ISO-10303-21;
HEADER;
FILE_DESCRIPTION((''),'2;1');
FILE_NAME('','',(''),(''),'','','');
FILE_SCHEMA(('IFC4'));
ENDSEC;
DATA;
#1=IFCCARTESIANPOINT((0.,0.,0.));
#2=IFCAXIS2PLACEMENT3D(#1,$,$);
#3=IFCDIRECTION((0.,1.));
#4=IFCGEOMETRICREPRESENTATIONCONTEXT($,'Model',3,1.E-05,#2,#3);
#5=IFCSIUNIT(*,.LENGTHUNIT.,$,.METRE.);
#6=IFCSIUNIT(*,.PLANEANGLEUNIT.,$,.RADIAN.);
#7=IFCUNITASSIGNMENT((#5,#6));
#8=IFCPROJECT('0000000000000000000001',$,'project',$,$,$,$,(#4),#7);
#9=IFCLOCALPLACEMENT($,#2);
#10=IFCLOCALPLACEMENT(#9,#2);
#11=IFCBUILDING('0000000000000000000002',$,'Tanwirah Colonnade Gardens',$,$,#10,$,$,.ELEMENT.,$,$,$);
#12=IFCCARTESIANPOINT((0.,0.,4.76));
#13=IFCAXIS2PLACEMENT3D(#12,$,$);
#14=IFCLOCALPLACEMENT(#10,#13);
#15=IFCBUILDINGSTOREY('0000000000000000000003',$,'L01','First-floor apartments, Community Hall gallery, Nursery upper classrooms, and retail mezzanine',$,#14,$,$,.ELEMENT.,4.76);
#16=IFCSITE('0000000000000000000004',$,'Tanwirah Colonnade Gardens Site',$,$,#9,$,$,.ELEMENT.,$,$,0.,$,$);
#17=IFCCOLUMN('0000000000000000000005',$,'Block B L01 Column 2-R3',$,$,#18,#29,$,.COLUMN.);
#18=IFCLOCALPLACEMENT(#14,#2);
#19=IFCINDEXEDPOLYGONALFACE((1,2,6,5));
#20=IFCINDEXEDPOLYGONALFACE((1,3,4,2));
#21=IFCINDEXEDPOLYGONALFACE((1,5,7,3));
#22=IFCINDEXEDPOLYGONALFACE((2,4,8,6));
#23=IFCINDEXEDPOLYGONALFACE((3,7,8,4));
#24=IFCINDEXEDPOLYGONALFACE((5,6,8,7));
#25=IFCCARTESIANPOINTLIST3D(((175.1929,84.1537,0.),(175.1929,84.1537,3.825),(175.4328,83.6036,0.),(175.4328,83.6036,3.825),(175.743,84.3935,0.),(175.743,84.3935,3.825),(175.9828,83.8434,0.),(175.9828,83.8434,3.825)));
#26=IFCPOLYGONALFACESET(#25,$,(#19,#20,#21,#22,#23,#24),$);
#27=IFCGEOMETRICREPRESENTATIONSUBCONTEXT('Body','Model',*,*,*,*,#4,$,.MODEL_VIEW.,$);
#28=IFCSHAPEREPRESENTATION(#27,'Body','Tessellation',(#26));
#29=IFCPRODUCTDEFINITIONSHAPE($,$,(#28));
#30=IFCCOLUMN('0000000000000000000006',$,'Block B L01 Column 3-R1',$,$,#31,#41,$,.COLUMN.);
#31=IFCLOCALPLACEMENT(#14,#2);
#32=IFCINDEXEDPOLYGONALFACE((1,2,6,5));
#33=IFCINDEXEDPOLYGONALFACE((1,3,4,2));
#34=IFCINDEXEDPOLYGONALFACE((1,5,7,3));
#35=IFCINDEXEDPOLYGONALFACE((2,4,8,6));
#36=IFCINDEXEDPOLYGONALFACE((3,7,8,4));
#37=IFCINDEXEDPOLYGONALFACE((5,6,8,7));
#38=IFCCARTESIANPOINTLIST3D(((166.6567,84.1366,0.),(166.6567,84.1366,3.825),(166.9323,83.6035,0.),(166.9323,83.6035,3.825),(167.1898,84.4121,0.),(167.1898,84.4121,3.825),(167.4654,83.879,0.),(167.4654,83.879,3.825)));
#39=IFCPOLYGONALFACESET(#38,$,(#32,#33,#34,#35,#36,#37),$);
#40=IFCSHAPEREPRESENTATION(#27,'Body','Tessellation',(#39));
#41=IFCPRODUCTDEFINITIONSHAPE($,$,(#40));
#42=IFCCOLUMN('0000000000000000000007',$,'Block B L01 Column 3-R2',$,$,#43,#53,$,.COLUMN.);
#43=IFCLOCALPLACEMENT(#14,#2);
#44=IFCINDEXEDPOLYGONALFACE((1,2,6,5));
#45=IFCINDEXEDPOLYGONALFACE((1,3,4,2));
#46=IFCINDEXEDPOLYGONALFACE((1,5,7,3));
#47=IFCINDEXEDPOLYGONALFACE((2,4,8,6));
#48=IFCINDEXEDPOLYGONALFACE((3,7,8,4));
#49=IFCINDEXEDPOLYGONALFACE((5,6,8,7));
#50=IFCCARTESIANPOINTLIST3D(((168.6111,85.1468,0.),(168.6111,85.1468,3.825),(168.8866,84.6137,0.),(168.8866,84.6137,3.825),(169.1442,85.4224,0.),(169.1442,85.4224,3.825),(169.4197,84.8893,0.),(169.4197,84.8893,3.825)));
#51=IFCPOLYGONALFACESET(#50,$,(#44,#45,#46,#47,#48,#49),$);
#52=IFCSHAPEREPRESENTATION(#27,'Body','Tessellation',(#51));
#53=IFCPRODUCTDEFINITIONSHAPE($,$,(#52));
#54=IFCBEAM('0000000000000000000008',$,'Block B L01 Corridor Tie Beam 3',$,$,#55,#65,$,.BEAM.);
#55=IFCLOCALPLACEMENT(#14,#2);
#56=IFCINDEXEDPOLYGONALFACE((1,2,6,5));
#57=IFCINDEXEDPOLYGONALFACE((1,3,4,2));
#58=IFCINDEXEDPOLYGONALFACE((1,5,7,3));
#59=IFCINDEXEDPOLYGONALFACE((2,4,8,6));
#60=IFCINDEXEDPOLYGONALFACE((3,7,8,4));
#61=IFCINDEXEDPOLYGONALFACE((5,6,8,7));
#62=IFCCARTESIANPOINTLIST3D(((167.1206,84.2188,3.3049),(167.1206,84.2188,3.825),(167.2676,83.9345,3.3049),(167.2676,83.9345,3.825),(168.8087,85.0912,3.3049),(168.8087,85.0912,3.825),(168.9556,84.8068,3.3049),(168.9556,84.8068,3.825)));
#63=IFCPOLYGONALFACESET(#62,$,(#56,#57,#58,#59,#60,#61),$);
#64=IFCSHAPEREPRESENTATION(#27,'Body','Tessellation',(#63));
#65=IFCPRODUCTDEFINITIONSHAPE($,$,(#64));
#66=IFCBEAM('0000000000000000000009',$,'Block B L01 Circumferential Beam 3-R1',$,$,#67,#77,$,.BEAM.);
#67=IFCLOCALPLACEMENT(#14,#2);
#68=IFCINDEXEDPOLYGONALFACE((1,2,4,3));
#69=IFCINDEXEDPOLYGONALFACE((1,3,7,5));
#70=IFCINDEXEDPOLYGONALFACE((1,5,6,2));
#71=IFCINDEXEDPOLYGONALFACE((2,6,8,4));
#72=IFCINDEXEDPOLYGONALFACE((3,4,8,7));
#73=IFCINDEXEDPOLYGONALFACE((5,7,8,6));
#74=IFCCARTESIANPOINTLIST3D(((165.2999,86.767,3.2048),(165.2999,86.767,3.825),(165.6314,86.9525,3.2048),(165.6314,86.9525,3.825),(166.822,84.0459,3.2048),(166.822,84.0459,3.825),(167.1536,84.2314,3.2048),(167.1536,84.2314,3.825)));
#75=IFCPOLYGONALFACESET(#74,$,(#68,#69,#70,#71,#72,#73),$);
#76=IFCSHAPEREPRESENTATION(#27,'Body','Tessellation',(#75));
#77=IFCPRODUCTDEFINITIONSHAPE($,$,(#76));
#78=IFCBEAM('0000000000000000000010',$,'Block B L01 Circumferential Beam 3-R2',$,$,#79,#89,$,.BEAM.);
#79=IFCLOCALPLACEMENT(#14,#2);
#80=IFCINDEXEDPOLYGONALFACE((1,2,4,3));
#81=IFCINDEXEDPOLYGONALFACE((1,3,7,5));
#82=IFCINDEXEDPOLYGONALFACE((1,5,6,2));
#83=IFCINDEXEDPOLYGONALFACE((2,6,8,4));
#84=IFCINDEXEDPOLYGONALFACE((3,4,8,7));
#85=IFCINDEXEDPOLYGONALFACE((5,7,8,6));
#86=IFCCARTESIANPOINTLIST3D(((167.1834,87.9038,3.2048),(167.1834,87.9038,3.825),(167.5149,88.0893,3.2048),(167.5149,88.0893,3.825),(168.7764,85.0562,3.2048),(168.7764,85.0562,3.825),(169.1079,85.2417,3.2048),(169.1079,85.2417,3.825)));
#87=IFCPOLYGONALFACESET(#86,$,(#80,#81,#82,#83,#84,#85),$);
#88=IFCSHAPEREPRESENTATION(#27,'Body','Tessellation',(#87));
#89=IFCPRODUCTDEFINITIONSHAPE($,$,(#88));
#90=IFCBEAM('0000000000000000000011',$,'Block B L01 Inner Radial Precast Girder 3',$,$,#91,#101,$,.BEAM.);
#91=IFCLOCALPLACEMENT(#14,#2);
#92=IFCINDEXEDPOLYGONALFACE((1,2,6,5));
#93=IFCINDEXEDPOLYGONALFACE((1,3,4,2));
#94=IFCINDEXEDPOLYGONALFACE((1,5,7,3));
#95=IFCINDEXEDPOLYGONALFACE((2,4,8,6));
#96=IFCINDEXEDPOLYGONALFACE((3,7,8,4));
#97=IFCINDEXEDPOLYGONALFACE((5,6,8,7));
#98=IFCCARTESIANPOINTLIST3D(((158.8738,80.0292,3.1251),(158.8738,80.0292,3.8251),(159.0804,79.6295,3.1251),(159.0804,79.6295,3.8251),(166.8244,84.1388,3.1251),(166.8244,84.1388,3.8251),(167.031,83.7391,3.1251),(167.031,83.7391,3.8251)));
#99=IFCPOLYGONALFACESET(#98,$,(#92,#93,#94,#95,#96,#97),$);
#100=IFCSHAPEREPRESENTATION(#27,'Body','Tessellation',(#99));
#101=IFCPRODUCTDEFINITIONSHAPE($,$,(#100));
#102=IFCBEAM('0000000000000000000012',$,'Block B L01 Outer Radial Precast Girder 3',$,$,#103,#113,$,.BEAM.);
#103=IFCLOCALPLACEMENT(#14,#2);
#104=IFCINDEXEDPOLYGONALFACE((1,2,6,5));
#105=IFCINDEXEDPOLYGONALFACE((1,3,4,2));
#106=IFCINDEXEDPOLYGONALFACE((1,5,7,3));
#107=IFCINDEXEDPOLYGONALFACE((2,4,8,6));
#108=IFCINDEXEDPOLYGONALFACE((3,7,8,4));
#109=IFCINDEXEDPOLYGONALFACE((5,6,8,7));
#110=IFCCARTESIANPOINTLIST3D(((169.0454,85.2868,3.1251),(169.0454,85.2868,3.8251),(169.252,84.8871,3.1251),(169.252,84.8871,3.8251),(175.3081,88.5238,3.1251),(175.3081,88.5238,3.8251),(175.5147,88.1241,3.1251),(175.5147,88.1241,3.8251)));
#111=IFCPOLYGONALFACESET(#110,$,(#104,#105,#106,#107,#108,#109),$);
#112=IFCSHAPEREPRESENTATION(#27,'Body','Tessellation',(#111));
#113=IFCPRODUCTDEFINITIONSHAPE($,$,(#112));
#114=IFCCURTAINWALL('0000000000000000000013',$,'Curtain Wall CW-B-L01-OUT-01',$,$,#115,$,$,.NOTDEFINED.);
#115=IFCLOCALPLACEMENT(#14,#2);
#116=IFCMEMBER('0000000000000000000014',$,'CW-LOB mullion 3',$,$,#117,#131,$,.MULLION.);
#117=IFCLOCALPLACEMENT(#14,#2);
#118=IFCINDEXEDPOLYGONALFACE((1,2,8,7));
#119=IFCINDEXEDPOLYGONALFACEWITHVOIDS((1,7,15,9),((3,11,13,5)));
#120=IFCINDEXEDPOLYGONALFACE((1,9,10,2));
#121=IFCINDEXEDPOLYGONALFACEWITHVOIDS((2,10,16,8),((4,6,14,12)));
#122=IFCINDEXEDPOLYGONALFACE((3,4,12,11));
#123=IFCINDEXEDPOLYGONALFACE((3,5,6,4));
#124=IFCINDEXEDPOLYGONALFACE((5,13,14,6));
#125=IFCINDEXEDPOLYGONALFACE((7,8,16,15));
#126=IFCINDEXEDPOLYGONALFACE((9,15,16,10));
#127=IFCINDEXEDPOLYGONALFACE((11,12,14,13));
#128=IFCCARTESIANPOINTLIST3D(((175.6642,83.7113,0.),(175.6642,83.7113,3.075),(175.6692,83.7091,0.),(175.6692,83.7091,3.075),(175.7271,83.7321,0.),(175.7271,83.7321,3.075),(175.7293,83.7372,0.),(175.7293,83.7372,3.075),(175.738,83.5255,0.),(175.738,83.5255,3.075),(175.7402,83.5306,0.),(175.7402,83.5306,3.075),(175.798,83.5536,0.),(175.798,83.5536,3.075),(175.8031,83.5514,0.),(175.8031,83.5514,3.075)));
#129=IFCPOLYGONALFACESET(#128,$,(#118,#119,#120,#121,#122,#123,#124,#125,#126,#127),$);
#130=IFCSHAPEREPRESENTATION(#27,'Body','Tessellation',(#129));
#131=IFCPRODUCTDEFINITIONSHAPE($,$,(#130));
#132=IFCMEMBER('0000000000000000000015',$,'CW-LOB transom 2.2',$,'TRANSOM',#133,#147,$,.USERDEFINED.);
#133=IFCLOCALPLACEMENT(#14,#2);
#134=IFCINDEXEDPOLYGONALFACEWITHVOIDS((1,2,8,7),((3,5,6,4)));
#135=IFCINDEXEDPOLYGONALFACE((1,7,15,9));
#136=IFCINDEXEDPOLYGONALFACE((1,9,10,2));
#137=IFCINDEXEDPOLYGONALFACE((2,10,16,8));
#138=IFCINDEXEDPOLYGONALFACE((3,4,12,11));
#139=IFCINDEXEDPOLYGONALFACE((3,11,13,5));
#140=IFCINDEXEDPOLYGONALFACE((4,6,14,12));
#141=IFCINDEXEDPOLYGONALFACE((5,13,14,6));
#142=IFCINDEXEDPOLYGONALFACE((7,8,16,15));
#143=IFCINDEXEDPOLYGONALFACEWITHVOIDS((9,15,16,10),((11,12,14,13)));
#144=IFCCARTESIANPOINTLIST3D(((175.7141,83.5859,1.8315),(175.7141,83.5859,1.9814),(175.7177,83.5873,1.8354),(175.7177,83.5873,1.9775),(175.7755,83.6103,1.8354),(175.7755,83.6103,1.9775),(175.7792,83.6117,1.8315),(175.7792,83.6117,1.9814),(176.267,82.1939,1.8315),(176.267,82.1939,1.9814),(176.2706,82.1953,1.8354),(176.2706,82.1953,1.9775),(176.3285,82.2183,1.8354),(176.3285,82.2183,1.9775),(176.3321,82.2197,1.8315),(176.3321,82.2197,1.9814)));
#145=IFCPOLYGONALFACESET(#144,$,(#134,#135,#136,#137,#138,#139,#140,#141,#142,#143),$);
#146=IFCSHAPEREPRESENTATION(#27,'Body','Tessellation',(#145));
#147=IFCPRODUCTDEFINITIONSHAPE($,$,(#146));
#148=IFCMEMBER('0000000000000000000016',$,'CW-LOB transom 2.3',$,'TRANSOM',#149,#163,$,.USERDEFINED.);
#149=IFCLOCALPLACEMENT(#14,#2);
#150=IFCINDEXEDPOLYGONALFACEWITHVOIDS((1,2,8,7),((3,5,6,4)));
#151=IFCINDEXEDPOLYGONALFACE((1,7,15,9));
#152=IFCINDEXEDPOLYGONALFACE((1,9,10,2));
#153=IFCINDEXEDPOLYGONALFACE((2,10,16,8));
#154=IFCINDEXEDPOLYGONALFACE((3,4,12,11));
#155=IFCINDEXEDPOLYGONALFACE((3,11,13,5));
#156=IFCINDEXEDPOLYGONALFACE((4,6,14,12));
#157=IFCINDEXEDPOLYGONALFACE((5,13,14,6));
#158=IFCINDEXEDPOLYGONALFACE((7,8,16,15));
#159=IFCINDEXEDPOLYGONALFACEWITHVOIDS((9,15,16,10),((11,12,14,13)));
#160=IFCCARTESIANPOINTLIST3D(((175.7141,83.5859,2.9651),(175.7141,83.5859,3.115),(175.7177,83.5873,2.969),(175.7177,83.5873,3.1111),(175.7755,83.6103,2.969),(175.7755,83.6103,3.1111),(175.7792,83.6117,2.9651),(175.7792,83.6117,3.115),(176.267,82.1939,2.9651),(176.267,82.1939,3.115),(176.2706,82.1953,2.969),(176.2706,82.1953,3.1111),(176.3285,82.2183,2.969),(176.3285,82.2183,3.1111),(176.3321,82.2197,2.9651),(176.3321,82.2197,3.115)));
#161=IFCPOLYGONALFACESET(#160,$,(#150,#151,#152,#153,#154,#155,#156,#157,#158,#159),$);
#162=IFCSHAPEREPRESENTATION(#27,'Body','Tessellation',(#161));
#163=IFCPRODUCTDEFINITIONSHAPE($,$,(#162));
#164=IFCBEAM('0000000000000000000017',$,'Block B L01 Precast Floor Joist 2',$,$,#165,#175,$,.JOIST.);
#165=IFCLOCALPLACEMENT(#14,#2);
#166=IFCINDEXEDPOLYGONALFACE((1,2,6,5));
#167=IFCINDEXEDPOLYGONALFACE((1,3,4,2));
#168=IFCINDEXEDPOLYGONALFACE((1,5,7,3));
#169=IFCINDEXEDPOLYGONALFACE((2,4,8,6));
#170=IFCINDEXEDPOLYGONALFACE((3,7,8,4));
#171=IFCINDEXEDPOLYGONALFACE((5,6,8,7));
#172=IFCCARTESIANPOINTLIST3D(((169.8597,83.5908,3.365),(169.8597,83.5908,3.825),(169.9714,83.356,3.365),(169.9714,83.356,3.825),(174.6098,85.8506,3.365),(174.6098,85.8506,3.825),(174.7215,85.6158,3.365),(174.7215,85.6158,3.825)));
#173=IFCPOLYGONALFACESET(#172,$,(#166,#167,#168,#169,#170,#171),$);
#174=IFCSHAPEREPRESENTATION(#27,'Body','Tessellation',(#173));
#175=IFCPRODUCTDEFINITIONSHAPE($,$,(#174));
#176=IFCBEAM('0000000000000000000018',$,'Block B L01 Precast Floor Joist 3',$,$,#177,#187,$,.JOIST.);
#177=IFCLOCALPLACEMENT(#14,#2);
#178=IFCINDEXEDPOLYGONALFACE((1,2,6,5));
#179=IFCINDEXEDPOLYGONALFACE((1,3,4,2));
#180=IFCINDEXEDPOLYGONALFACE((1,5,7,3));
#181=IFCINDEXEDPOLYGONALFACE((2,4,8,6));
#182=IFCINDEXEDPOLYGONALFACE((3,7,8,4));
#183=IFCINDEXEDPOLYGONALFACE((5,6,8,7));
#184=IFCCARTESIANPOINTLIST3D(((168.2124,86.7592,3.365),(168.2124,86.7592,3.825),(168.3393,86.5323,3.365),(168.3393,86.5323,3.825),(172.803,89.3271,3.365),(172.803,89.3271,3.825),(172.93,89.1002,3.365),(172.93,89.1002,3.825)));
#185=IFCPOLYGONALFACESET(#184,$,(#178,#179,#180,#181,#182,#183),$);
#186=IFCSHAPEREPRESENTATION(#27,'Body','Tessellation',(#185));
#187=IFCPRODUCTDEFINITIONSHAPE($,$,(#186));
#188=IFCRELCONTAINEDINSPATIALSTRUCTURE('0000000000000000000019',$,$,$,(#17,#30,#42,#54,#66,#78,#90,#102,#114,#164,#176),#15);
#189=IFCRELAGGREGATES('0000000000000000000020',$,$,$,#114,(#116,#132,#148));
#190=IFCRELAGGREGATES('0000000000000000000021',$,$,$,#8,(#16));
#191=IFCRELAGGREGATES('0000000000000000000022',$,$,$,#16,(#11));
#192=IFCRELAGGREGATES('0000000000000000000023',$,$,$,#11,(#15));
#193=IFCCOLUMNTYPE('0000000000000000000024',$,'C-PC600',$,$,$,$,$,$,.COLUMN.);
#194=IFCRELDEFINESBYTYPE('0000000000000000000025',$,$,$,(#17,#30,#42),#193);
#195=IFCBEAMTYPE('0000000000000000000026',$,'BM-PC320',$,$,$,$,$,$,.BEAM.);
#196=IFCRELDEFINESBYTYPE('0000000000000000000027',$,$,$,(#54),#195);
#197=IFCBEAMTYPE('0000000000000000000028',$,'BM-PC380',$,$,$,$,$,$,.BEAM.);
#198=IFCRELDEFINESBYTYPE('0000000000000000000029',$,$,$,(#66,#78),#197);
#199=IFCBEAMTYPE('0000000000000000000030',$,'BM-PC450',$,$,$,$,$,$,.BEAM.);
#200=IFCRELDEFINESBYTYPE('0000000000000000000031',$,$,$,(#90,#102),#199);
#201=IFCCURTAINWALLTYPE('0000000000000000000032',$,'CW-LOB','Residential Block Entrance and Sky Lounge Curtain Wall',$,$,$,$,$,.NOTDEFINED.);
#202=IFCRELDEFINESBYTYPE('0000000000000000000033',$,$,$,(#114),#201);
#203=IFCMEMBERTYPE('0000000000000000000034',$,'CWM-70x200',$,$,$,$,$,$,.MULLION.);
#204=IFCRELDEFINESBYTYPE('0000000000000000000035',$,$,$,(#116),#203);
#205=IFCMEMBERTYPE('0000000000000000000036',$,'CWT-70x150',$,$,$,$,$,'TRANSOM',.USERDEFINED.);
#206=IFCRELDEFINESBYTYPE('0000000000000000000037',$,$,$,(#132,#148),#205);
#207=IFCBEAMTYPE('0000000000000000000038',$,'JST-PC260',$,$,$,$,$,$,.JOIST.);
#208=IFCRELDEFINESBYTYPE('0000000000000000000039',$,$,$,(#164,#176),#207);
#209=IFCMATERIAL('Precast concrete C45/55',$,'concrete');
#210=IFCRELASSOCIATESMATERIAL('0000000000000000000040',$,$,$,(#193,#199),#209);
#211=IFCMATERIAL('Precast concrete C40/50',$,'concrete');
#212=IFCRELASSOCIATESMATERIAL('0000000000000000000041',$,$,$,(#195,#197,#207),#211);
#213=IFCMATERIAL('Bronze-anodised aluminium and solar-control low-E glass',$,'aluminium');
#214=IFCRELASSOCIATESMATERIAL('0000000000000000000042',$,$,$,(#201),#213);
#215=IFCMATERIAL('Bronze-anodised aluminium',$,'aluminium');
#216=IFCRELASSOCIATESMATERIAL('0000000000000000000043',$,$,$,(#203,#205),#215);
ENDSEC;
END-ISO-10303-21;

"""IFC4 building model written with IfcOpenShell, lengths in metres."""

from ifc_helpers import new_model, si_unit, direction, frame, origin, origin_2d, place, context, subcontext, project, spatial, rectangle, hollow_rectangle, extrude, material, material_profile, profile_set, type_object, element, aggregate, save


model = new_model("IFC4")

# Units and contexts
model_context = context("Model", 3, precision=1e-05, world=origin(), true_north=direction((0.0, 1.0)))
body_context = subcontext(model_context, "Body", "Model", "MODEL_VIEW")
ifc_project = project(units=[si_unit("LENGTHUNIT", "METRE"), si_unit("PLANEANGLEUNIT", "RADIAN")], contexts=[model_context])

# Site, building, storey
site_placement = place(None, origin())
site = spatial("IfcSite", under=ifc_project, at=site_placement, Name="Tanwirah Colonnade Gardens Site", CompositionType="ELEMENT", RefElevation=0.0)
building_placement = place(site_placement, origin())
building = spatial("IfcBuilding", under=site, at=building_placement, Name="Tanwirah Colonnade Gardens", CompositionType="ELEMENT")
storey_placement = place(building_placement, frame((0.0, 0.0, 4.76)))
storey = spatial("IfcBuildingStorey", under=building, at=storey_placement, Name="L01", Description="First-floor apartments, Community Hall gallery, Nursery upper classrooms, and retail mezzanine", CompositionType="ELEMENT", Elevation=4.76)

# Columns
ifc_material_1 = material(Name="Precast concrete C45/55", Category="concrete")
ifc_material_profile_1 = material_profile(ifc_material_1, rectangle(XDim=0.6001, YDim=0.6001, at=origin_2d()), Name="PC-COL 600x600")
ifc_profile_set_1 = profile_set([ifc_material_profile_1], Name="Precast concrete C45/55")
column_type = type_object("IfcColumnType", Name="C-PC600", PredefinedType="COLUMN", material=ifc_profile_set_1)
for number, where, z_axis, x_axis, name in (
    (1, (175.5879, 83.9985, 0.0), (0.0, 0.0, 1.0), (0.916673, 0.399638, 0.0), "Block B L01 Column 2-R3"),
    (2, (167.061, 84.0078, 0.0), (0.0, 0.0, 1.0), (0.88835, 0.459166, 0.0), "Block B L01 Column 3-R1"),
    (3, (169.0154, 85.0181, 0.0), (0.0, 0.0, 1.0), (0.88835, 0.459166, 0.0), "Block B L01 Column 3-R2"),
):
    element("IfcColumn", number, at=place(storey_placement, frame(where, z_axis=z_axis, x_axis=x_axis)), inside=storey, type_object=column_type, Name=name, PredefinedType="COLUMN", context=body_context, shape_type="SweptSolid", body=[
        extrude(rectangle(XDim=0.6001, YDim=0.6001, at=origin_2d()), origin(), (0.0, 0.0, 1.0), 3.825),
    ])

# Beams
ifc_material_2 = material(Name="Precast concrete C40/50", Category="concrete")
ifc_material_profile_2 = material_profile(ifc_material_2, rectangle(XDim=0.3201, YDim=0.52, at=origin_2d()), Name="PC-BM 320x520")
ifc_profile_set_2 = profile_set([ifc_material_profile_2], Name="Precast concrete C40/50")
beam_type_1 = type_object("IfcBeamType", Name="BM-PC320", PredefinedType="BEAM", material=ifc_profile_set_2)
beam_1_placement = place(storey_placement, frame((167.1941, 84.0767, 3.5649), z_axis=(0.888386, 0.459098, 0.0), x_axis=(-0.459098, 0.888386, 0.0)))
element("IfcBeam", 4, at=beam_1_placement, inside=storey, type_object=beam_type_1, Name="Block B L01 Corridor Tie Beam 3", PredefinedType="BEAM", context=body_context, shape_type="SweptSolid", body=[
    extrude(rectangle(XDim=0.3201, YDim=0.52, at=origin_2d()), origin(), (0.0, 0.0, 1.0), 1.9001),
])
ifc_material_profile_3 = material_profile(ifc_material_2, rectangle(XDim=0.3799, YDim=0.6201, at=origin_2d()), Name="PC-BM 380x620")
ifc_profile_set_3 = profile_set([ifc_material_profile_3], Name="Precast concrete C40/50")
beam_type_2 = type_object("IfcBeamType", Name="BM-PC380", PredefinedType="BEAM", material=ifc_profile_set_3)
beam_2_placement = place(storey_placement, frame((166.9878, 84.1387, 3.5149), z_axis=(-0.4882, 0.872732, 0.0), x_axis=(-0.872732, -0.4882, 0.0)))
element("IfcBeam", 5, at=beam_2_placement, inside=storey, type_object=beam_type_2, Name="Block B L01 Circumferential Beam 3-R1", PredefinedType="BEAM", context=body_context, shape_type="SweptSolid", body=[
    extrude(rectangle(XDim=0.3799, YDim=0.6201, at=origin_2d()), origin(), (0.0, 0.0, 1.0), 3.1179),
])
beam_3_placement = place(storey_placement, frame((168.9421, 85.1489, 3.5149), z_axis=(-0.488214, 0.872724, 0.0), x_axis=(-0.872724, -0.488214, 0.0)))
element("IfcBeam", 6, at=beam_3_placement, inside=storey, type_object=beam_type_2, Name="Block B L01 Circumferential Beam 3-R2", PredefinedType="BEAM", context=body_context, shape_type="SweptSolid", body=[
    extrude(rectangle(XDim=0.3799, YDim=0.6201, at=origin_2d()), origin(), (0.0, 0.0, 1.0), 3.2629),
])
ifc_material_profile_4 = material_profile(ifc_material_1, rectangle(XDim=0.45, YDim=0.7, at=origin_2d()), Name="PC-BM 450x700")
ifc_profile_set_4 = profile_set([ifc_material_profile_4], Name="Precast concrete C45/55")
beam_type_3 = type_object("IfcBeamType", Name="BM-PC450", PredefinedType="BEAM", material=ifc_profile_set_4)
beam_4_placement = place(storey_placement, frame((166.9277, 83.939, 3.4751), z_axis=(-0.888345, -0.459176, 0.0), x_axis=(0.459176, -0.888345, 0.0)))
element("IfcBeam", 7, at=beam_4_placement, inside=storey, type_object=beam_type_3, Name="Block B L01 Inner Radial Precast Girder 3", PredefinedType="BEAM", context=body_context, shape_type="SweptSolid", body=[
    extrude(rectangle(XDim=0.45, YDim=0.7, at=origin_2d()), origin(), (0.0, 0.0, 1.0), 8.95),
])
beam_5_placement = place(storey_placement, frame((169.1487, 85.0869, 3.4751), z_axis=(0.888349, 0.459169, 0.0), x_axis=(-0.459169, 0.888349, 0.0)))
element("IfcBeam", 8, at=beam_5_placement, inside=storey, type_object=beam_type_3, Name="Block B L01 Outer Radial Precast Girder 3", PredefinedType="BEAM", context=body_context, shape_type="SweptSolid", body=[
    extrude(rectangle(XDim=0.45, YDim=0.7, at=origin_2d()), origin(), (0.0, 0.0, 1.0), 7.0498),
])

# Curtain wall, members
ifc_material_3 = material(Name="Bronze-anodised aluminium and solar-control low-E glass", Category="aluminium")
curtain_wall_type = type_object("IfcCurtainWallType", Name="CW-LOB", Description="Residential Block Entrance and Sky Lounge Curtain Wall", PredefinedType="NOTDEFINED", material=ifc_material_3)
curtain_wall_placement = place(storey_placement, origin())
curtain_wall = element("IfcCurtainWall", 9, at=curtain_wall_placement, inside=storey, type_object=curtain_wall_type, Name="Curtain Wall CW-B-L01-OUT-01", PredefinedType="NOTDEFINED")
ifc_material_4 = material(Name="Bronze-anodised aluminium", Category="aluminium")
ifc_material_profile_5 = material_profile(ifc_material_4, hollow_rectangle(XDim=0.0701, YDim=0.2, WallThickness=0.0039, at=origin_2d()), Name="CW-MUL 70x200x4")
ifc_profile_set_5 = profile_set([ifc_material_profile_5], Name="Bronze-anodised aluminium")
member_type_1 = type_object("IfcMemberType", Name="CWM-70x200", PredefinedType="MULLION", material=ifc_profile_set_5)
member_1_placement = place(storey_placement, frame((175.7336, 83.6313, 0.0), z_axis=(0.0, 0.0, 1.0), x_axis=(-0.929348, -0.369206, 0.0)))
member_1 = element("IfcMember", 10, at=member_1_placement, type_object=member_type_1, Name="CW-LOB mullion 3", PredefinedType="MULLION", context=body_context, shape_type="SweptSolid", body=[
    extrude(hollow_rectangle(XDim=0.0701, YDim=0.2, WallThickness=0.0039, at=origin_2d()), origin(), (0.0, 0.0, 1.0), 3.075),
])
ifc_material_profile_6 = material_profile(ifc_material_4, hollow_rectangle(XDim=0.0701, YDim=0.1499, WallThickness=0.0039, at=origin_2d()), Name="CW-TRN 70x150x4")
ifc_profile_set_6 = profile_set([ifc_material_profile_6], Name="Bronze-anodised aluminium")
member_type_2 = type_object("IfcMemberType", Name="CWT-70x150", ElementType="TRANSOM", PredefinedType="USERDEFINED", material=ifc_profile_set_6)
member_2_placement = place(storey_placement, frame((176.2996, 82.2068, 1.9065), z_axis=(-0.36917, 0.929362, 0.0), x_axis=(-0.929362, -0.36917, 0.0)))
member_2 = element("IfcMember", 11, at=member_2_placement, type_object=member_type_2, Name="CW-LOB transom 2.2", ObjectType="TRANSOM", PredefinedType="USERDEFINED", context=body_context, shape_type="SweptSolid", body=[
    extrude(hollow_rectangle(XDim=0.0701, YDim=0.1499, WallThickness=0.0039, at=origin_2d()), origin(), (0.0, 0.0, 1.0), 1.4978),
])
member_3_placement = place(storey_placement, frame((176.2996, 82.2068, 3.04), z_axis=(-0.36917, 0.929362, 0.0), x_axis=(-0.929362, -0.36917, 0.0)))
member_3 = element("IfcMember", 12, at=member_3_placement, type_object=member_type_2, Name="CW-LOB transom 2.3", ObjectType="TRANSOM", PredefinedType="USERDEFINED", context=body_context, shape_type="SweptSolid", body=[
    extrude(hollow_rectangle(XDim=0.0701, YDim=0.1499, WallThickness=0.0039, at=origin_2d()), origin(), (0.0, 0.0, 1.0), 1.4978),
])

# Beams
ifc_material_profile_7 = material_profile(ifc_material_2, rectangle(XDim=0.26, YDim=0.46, at=origin_2d()), Name="PC-JST 260x460")
ifc_profile_set_7 = profile_set([ifc_material_profile_7], Name="Precast concrete C40/50")
beam_type_4 = type_object("IfcBeamType", Name="JST-PC260", PredefinedType="JOIST", material=ifc_profile_set_7)
beam_6_placement = place(storey_placement, frame((169.9155, 83.4734, 3.595), z_axis=(0.903018, 0.429602, 0.0), x_axis=(-0.429602, 0.903018, 0.0)))
element("IfcBeam", 13, at=beam_6_placement, inside=storey, type_object=beam_type_4, Name="Block B L01 Precast Floor Joist 2", PredefinedType="JOIST", context=body_context, shape_type="SweptSolid", body=[
    extrude(rectangle(XDim=0.26, YDim=0.46, at=origin_2d()), origin(), (0.0, 0.0, 1.0), 5.2603),
])
beam_7_placement = place(storey_placement, frame((168.2759, 86.6458, 3.595), z_axis=(0.872737, 0.488191, 0.0), x_axis=(-0.488191, 0.872737, 0.0)))
element("IfcBeam", 14, at=beam_7_placement, inside=storey, type_object=beam_type_4, Name="Block B L01 Precast Floor Joist 3", PredefinedType="JOIST", context=body_context, shape_type="SweptSolid", body=[
    extrude(rectangle(XDim=0.26, YDim=0.46, at=origin_2d()), origin(), (0.0, 0.0, 1.0), 5.26),
])

aggregate(curtain_wall, [member_1, member_2, member_3])

save(model, "model.ifc")
